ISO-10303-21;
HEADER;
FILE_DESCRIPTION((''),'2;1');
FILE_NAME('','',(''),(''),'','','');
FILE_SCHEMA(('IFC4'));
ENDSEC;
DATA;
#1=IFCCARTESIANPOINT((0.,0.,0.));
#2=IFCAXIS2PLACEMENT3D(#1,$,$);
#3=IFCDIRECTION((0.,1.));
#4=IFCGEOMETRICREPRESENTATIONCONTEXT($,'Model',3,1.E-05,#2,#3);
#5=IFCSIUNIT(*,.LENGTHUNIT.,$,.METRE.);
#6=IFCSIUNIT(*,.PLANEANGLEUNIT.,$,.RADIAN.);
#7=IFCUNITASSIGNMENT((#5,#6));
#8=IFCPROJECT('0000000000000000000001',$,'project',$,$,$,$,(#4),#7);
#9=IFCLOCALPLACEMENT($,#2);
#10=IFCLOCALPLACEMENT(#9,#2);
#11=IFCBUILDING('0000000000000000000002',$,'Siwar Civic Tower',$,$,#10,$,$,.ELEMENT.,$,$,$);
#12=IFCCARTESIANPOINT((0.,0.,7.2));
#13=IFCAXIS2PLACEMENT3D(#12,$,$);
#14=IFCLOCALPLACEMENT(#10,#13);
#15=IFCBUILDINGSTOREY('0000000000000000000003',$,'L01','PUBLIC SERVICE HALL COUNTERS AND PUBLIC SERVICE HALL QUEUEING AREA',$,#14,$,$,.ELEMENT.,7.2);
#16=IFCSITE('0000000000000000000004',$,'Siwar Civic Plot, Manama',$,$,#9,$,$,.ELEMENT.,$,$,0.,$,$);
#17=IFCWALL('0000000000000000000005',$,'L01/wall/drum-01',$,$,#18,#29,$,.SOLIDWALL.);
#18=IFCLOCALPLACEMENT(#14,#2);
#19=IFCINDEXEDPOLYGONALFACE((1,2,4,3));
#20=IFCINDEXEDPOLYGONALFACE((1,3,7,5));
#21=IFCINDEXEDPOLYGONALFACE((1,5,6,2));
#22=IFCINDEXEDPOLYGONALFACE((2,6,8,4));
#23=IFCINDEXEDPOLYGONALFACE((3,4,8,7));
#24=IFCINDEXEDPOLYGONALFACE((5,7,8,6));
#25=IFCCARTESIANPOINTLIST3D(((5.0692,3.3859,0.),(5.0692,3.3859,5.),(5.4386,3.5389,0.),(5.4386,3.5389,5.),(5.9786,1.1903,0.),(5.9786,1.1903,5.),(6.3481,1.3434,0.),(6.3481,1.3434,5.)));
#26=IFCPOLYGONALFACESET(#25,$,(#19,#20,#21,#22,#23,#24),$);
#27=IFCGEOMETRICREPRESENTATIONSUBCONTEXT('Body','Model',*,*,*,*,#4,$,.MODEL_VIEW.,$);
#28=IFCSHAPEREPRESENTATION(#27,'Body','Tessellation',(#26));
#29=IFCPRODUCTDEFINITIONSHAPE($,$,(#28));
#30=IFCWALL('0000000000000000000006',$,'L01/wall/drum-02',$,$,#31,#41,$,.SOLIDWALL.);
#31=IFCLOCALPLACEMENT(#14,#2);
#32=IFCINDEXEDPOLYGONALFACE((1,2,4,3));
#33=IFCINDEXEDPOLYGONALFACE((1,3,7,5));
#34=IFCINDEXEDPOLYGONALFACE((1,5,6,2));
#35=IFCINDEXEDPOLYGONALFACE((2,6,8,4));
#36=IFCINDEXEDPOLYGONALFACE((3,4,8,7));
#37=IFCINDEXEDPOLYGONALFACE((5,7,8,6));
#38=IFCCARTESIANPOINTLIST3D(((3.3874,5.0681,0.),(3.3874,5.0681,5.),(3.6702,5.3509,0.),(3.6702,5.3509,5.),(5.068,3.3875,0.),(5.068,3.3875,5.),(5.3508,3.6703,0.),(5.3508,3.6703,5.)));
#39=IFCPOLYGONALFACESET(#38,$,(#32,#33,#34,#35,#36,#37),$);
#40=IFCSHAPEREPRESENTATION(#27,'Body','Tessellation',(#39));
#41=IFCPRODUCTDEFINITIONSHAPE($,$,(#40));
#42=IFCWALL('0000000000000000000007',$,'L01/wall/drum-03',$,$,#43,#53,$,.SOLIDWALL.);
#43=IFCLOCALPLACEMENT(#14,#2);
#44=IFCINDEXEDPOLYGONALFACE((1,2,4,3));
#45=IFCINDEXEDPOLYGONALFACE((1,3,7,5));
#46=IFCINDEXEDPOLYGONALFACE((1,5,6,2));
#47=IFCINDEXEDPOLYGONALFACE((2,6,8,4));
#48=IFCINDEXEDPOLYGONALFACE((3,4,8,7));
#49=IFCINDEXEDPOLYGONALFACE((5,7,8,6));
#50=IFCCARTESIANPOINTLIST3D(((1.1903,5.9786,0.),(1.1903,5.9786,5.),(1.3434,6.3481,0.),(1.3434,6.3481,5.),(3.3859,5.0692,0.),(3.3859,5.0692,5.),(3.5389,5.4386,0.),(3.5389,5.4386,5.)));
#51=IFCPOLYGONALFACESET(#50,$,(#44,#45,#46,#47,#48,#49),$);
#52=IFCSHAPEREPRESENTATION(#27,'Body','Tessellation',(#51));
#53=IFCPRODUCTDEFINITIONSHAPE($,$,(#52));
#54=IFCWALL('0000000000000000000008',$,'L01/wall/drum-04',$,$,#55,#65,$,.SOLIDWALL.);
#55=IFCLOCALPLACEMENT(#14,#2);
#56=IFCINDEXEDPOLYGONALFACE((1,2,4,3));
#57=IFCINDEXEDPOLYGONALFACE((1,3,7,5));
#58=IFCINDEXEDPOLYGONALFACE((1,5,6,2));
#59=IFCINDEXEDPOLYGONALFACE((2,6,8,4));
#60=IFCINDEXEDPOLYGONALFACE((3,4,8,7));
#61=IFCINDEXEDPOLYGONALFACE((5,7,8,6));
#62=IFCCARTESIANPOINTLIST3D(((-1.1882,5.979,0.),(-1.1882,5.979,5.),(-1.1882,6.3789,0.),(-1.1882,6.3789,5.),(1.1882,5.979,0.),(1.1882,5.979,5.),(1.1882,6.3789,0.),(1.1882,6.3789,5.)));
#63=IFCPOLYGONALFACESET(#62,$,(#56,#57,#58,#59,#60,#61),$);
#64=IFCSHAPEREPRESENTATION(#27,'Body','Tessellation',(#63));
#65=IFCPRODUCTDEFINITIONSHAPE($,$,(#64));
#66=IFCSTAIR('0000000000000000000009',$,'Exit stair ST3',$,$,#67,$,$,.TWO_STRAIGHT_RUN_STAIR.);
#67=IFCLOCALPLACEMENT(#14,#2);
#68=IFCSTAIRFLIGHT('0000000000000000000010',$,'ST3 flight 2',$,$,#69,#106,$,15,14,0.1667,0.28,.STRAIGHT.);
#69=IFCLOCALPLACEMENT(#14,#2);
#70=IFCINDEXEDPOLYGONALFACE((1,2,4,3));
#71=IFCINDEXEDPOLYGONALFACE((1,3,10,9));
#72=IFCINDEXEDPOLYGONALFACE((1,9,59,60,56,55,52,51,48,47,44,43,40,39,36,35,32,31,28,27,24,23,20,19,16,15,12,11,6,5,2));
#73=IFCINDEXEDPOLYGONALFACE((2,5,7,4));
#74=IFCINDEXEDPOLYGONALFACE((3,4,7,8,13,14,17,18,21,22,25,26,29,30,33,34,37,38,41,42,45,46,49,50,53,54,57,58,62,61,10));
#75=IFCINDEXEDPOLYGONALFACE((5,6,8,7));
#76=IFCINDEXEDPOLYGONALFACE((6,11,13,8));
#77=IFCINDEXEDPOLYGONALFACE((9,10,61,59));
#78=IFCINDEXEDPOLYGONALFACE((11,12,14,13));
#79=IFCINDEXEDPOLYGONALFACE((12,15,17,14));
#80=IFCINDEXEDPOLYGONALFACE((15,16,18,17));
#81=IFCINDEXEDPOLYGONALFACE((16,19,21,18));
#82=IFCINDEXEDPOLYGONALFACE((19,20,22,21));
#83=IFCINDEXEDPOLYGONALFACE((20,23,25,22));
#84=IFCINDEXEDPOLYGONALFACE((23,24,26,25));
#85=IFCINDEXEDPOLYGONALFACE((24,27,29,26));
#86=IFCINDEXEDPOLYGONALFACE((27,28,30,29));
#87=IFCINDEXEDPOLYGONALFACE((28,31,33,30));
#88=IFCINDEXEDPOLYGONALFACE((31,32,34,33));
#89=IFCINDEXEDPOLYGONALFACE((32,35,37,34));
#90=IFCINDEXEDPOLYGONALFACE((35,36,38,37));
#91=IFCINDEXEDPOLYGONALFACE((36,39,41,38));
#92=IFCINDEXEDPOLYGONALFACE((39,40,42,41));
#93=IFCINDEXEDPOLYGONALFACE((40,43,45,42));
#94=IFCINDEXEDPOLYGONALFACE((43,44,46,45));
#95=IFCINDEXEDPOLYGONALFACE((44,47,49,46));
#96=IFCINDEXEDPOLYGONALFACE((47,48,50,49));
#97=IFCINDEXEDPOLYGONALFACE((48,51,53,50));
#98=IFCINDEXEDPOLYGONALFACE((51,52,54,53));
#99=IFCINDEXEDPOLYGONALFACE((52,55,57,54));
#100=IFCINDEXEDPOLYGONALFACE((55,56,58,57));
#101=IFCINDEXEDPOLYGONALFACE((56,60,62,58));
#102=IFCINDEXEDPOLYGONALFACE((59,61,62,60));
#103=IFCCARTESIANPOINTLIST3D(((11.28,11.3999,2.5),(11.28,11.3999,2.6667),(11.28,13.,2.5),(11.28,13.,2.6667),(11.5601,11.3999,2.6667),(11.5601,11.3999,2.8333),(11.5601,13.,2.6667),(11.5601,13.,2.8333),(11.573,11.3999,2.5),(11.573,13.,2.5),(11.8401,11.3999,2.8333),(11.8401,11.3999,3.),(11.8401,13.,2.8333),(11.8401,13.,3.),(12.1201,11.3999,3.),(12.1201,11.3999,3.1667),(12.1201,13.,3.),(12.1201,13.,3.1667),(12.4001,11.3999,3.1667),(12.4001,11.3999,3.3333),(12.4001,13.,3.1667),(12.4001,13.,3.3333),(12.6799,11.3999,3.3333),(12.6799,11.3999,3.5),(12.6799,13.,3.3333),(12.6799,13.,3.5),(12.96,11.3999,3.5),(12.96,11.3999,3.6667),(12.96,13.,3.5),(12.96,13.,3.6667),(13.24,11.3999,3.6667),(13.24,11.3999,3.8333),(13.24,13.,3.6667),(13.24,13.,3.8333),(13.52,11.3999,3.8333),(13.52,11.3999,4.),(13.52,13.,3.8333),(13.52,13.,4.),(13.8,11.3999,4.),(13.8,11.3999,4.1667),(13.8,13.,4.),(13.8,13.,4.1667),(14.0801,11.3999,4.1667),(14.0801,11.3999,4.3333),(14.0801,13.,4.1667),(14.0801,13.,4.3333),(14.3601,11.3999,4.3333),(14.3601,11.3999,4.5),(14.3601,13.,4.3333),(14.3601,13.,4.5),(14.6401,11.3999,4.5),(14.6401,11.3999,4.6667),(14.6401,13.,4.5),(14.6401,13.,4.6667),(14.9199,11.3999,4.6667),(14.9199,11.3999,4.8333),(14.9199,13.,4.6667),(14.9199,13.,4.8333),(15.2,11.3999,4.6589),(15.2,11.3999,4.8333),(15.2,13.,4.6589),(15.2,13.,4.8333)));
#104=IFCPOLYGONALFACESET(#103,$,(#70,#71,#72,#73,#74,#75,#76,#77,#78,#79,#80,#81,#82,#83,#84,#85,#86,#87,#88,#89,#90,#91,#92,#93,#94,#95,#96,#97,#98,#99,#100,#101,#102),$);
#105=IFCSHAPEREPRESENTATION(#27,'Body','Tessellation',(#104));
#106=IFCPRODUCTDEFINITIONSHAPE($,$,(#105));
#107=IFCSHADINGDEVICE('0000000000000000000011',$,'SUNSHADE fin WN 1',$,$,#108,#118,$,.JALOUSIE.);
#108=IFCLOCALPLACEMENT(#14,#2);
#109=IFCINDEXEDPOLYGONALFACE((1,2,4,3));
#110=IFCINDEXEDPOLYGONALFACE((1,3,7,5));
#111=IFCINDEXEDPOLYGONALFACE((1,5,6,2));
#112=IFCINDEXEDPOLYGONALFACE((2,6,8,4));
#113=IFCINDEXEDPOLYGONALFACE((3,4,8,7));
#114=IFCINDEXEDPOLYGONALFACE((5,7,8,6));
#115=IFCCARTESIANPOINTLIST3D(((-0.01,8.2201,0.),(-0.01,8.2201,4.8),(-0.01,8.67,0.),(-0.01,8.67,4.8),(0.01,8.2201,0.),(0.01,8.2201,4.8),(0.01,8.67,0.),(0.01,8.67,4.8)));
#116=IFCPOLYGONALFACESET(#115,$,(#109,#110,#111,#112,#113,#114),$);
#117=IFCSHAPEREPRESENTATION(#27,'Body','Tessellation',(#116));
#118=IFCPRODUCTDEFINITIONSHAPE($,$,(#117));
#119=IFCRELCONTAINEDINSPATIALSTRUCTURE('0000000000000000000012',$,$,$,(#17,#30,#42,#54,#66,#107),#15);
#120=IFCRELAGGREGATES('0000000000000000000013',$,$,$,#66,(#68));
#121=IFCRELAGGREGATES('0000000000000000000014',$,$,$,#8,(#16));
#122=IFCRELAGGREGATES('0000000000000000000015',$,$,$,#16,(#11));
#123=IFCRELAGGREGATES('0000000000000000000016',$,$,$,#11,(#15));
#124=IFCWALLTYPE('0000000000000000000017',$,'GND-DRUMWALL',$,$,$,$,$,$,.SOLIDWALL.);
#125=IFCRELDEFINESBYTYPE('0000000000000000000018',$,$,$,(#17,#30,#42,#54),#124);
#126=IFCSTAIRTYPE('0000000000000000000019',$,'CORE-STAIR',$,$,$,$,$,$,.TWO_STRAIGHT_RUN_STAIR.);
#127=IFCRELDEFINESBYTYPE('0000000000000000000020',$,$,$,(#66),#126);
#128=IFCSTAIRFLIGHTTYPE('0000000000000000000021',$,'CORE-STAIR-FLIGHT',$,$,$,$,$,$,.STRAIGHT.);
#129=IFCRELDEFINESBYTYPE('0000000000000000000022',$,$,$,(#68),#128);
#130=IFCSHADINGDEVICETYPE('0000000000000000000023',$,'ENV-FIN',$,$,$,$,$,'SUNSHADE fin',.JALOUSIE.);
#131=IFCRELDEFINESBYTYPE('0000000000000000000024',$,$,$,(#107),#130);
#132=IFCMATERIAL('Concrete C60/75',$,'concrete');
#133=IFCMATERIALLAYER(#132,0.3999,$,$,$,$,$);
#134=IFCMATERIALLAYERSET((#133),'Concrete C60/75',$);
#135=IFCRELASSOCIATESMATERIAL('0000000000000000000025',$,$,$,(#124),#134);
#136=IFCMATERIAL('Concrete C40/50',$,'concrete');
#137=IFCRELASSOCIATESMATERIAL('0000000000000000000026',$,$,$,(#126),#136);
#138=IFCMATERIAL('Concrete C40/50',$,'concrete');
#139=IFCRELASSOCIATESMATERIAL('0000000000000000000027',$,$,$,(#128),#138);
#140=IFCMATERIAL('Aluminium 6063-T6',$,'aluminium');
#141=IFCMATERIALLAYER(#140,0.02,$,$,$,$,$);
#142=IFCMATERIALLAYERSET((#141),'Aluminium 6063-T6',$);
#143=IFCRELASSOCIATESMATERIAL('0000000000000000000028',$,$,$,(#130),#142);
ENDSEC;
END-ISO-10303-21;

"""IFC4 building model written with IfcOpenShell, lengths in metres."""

from ifc_helpers import new_model, si_unit, direction, frame, frame_2d, origin, origin_2d, place, context, subcontext, project, spatial, polyline, rectangle, outline, extrude, material, layer, layer_set, type_object, element, aggregate, save


model = new_model("IFC4")

# Units and contexts
model_context = context("Model", 3, precision=1e-05, world=origin(), true_north=direction((0.0, 1.0)))
body_context = subcontext(model_context, "Body", "Model", "MODEL_VIEW")
ifc_project = project(units=[si_unit("LENGTHUNIT", "METRE"), si_unit("PLANEANGLEUNIT", "RADIAN")], contexts=[model_context])

# Site, building, storey
site_placement = place(None, origin())
site = spatial("IfcSite", under=ifc_project, at=site_placement, Name="Siwar Civic Plot, Manama", CompositionType="ELEMENT", RefElevation=0.0)
building_placement = place(site_placement, origin())
building = spatial("IfcBuilding", under=site, at=building_placement, Name="Siwar Civic Tower", CompositionType="ELEMENT")
storey_placement = place(building_placement, frame((0.0, 0.0, 7.2)))
storey = spatial("IfcBuildingStorey", under=building, at=storey_placement, Name="L01", Description="PUBLIC SERVICE HALL COUNTERS AND PUBLIC SERVICE HALL QUEUEING AREA", CompositionType="ELEMENT", Elevation=7.2)

# Walls
ifc_material_1 = material(Name="Concrete C60/75", Category="concrete")
ifc_layer_1 = layer(ifc_material_1, 0.3999)
ifc_layer_set_1 = layer_set([ifc_layer_1], Name="Concrete C60/75")
wall_type_1 = type_object("IfcWallType", Name="GND-DRUMWALL", PredefinedType="SOLIDWALL", material=ifc_layer_set_1)
wall_1_placement = place(storey_placement, frame((6.1633, 1.2668, 0.0), z_axis=(0.0, 0.0, 1.0), x_axis=(-0.382681, 0.92388, 0.0)))
element("IfcWall", 1, at=wall_1_placement, inside=storey, type_object=wall_type_1, Name="L01/wall/drum-01", PredefinedType="SOLIDWALL", context=body_context, shape_type="SweptSolid", body=[
    extrude(rectangle(XDim=2.3765, YDim=0.3999, at=frame_2d((1.1882, 0.0))), origin(), (0.0, 0.0, 1.0), 5.0),
])
wall_2_placement = place(storey_placement, frame((5.2095, 3.5288, 0.0), z_axis=(0.0, 0.0, 1.0), x_axis=(-0.707107, 0.707107, 0.0)))
element("IfcWall", 2, at=wall_2_placement, inside=storey, type_object=wall_type_1, Name="L01/wall/drum-02", PredefinedType="SOLIDWALL", context=body_context, shape_type="SweptSolid", body=[
    extrude(rectangle(XDim=2.3767, YDim=0.3999, at=frame_2d((1.1885, 0.0))), origin(), (0.0, 0.0, 1.0), 5.0),
])
for number, where, z_axis, x_axis, name in (
    (3, (3.4624, 5.2539, 0.0), (0.0, 0.0, 1.0), (-0.92388, 0.382681, 0.0), "L01/wall/drum-03"),
    (4, (1.1882, 6.179, 0.0), (0.0, 0.0, 1.0), (-1.0, 0.0, 0.0), "L01/wall/drum-04"),
):
    element("IfcWall", number, at=place(storey_placement, frame(where, z_axis=z_axis, x_axis=x_axis)), inside=storey, type_object=wall_type_1, Name=name, PredefinedType="SOLIDWALL", context=body_context, shape_type="SweptSolid", body=[
        extrude(rectangle(XDim=2.3765, YDim=0.3999, at=frame_2d((1.1882, 0.0))), origin(), (0.0, 0.0, 1.0), 5.0),
    ])

# Stair, stair flight
ifc_material_2 = material(Name="Concrete C40/50", Category="concrete")
stair_type = type_object("IfcStairType", Name="CORE-STAIR", PredefinedType="TWO_STRAIGHT_RUN_STAIR", material=ifc_material_2)
stair_placement = place(storey_placement, origin())
stair = element("IfcStair", 5, at=stair_placement, inside=storey, type_object=stair_type, Name="Exit stair ST3", PredefinedType="TWO_STRAIGHT_RUN_STAIR")
ifc_material_3 = material(Name="Concrete C40/50", Category="concrete")
stair_flight_type = type_object("IfcStairFlightType", Name="CORE-STAIR-FLIGHT", PredefinedType="STRAIGHT", material=ifc_material_3)
stair_flight_placement = place(storey_placement, frame((11.28, 12.2, 2.5), z_axis=(0.0, 0.0, 1.0), x_axis=(1.0, 0.0, 0.0)))
stair_flight = element("IfcStairFlight", 6, at=stair_flight_placement, type_object=stair_flight_type, Name="ST3 flight 2", NumberOfRisers=15, NumberOfTreads=14, PredefinedType="STRAIGHT", RiserHeight=0.1667, TreadLength=0.28, context=body_context, shape_type="SweptSolid", body=[
    extrude(outline(polyline([(0.0, 0.0), (0.0, 0.1667), (0.28, 0.1667), (0.28, 0.3333), (0.5601, 0.3333), (0.5601, 0.5), (0.8401, 0.5), (0.8401, 0.6667), (1.1201, 0.6667), (1.1201, 0.8333), (1.3999, 0.8333), (1.3999, 1.0), (1.6799, 1.0), (1.6799, 1.1667), (1.96, 1.1667), (1.96, 1.3333), (2.24, 1.3333), (2.24, 1.5), (2.52, 1.5), (2.52, 1.6667), (2.8, 1.6667), (2.8, 1.8333), (3.0801, 1.8333), (3.0801, 2.0), (3.3601, 2.0), (3.3601, 2.1667), (3.6399, 2.1667), (3.6399, 2.3333), (3.9199, 2.3333), (3.9199, 2.5), (3.9199, 2.1589), (0.293, 0.0), (0.0, 0.0)])), frame((0.0, 0.8, 0.0), z_axis=(0.0, -1.0, 0.0), x_axis=(1.0, 0.0, 0.0)), (0.0, 0.0, 1.0), 1.6001),
])
aggregate(stair, [stair_flight])

# Shading device
ifc_material_4 = material(Name="Aluminium 6063-T6", Category="aluminium")
ifc_layer_2 = layer(ifc_material_4, 0.02)
ifc_layer_set_2 = layer_set([ifc_layer_2], Name="Aluminium 6063-T6")
shading_device_type = type_object("IfcShadingDeviceType", Name="ENV-FIN", ElementType="SUNSHADE fin", PredefinedType="JALOUSIE", material=ifc_layer_set_2)
shading_device_placement = place(storey_placement, frame((0.0, 8.4451, 0.0), z_axis=(0.0, 0.0, 1.0), x_axis=(-1.0, 0.0, 0.0)))
element("IfcShadingDevice", 7, at=shading_device_placement, inside=storey, type_object=shading_device_type, Name="SUNSHADE fin WN 1", PredefinedType="JALOUSIE", context=body_context, shape_type="SweptSolid", body=[
    extrude(rectangle(XDim=0.02, YDim=0.45, at=origin_2d()), origin(), (0.0, 0.0, 1.0), 4.8),
])

save(model, "model.ifc")
